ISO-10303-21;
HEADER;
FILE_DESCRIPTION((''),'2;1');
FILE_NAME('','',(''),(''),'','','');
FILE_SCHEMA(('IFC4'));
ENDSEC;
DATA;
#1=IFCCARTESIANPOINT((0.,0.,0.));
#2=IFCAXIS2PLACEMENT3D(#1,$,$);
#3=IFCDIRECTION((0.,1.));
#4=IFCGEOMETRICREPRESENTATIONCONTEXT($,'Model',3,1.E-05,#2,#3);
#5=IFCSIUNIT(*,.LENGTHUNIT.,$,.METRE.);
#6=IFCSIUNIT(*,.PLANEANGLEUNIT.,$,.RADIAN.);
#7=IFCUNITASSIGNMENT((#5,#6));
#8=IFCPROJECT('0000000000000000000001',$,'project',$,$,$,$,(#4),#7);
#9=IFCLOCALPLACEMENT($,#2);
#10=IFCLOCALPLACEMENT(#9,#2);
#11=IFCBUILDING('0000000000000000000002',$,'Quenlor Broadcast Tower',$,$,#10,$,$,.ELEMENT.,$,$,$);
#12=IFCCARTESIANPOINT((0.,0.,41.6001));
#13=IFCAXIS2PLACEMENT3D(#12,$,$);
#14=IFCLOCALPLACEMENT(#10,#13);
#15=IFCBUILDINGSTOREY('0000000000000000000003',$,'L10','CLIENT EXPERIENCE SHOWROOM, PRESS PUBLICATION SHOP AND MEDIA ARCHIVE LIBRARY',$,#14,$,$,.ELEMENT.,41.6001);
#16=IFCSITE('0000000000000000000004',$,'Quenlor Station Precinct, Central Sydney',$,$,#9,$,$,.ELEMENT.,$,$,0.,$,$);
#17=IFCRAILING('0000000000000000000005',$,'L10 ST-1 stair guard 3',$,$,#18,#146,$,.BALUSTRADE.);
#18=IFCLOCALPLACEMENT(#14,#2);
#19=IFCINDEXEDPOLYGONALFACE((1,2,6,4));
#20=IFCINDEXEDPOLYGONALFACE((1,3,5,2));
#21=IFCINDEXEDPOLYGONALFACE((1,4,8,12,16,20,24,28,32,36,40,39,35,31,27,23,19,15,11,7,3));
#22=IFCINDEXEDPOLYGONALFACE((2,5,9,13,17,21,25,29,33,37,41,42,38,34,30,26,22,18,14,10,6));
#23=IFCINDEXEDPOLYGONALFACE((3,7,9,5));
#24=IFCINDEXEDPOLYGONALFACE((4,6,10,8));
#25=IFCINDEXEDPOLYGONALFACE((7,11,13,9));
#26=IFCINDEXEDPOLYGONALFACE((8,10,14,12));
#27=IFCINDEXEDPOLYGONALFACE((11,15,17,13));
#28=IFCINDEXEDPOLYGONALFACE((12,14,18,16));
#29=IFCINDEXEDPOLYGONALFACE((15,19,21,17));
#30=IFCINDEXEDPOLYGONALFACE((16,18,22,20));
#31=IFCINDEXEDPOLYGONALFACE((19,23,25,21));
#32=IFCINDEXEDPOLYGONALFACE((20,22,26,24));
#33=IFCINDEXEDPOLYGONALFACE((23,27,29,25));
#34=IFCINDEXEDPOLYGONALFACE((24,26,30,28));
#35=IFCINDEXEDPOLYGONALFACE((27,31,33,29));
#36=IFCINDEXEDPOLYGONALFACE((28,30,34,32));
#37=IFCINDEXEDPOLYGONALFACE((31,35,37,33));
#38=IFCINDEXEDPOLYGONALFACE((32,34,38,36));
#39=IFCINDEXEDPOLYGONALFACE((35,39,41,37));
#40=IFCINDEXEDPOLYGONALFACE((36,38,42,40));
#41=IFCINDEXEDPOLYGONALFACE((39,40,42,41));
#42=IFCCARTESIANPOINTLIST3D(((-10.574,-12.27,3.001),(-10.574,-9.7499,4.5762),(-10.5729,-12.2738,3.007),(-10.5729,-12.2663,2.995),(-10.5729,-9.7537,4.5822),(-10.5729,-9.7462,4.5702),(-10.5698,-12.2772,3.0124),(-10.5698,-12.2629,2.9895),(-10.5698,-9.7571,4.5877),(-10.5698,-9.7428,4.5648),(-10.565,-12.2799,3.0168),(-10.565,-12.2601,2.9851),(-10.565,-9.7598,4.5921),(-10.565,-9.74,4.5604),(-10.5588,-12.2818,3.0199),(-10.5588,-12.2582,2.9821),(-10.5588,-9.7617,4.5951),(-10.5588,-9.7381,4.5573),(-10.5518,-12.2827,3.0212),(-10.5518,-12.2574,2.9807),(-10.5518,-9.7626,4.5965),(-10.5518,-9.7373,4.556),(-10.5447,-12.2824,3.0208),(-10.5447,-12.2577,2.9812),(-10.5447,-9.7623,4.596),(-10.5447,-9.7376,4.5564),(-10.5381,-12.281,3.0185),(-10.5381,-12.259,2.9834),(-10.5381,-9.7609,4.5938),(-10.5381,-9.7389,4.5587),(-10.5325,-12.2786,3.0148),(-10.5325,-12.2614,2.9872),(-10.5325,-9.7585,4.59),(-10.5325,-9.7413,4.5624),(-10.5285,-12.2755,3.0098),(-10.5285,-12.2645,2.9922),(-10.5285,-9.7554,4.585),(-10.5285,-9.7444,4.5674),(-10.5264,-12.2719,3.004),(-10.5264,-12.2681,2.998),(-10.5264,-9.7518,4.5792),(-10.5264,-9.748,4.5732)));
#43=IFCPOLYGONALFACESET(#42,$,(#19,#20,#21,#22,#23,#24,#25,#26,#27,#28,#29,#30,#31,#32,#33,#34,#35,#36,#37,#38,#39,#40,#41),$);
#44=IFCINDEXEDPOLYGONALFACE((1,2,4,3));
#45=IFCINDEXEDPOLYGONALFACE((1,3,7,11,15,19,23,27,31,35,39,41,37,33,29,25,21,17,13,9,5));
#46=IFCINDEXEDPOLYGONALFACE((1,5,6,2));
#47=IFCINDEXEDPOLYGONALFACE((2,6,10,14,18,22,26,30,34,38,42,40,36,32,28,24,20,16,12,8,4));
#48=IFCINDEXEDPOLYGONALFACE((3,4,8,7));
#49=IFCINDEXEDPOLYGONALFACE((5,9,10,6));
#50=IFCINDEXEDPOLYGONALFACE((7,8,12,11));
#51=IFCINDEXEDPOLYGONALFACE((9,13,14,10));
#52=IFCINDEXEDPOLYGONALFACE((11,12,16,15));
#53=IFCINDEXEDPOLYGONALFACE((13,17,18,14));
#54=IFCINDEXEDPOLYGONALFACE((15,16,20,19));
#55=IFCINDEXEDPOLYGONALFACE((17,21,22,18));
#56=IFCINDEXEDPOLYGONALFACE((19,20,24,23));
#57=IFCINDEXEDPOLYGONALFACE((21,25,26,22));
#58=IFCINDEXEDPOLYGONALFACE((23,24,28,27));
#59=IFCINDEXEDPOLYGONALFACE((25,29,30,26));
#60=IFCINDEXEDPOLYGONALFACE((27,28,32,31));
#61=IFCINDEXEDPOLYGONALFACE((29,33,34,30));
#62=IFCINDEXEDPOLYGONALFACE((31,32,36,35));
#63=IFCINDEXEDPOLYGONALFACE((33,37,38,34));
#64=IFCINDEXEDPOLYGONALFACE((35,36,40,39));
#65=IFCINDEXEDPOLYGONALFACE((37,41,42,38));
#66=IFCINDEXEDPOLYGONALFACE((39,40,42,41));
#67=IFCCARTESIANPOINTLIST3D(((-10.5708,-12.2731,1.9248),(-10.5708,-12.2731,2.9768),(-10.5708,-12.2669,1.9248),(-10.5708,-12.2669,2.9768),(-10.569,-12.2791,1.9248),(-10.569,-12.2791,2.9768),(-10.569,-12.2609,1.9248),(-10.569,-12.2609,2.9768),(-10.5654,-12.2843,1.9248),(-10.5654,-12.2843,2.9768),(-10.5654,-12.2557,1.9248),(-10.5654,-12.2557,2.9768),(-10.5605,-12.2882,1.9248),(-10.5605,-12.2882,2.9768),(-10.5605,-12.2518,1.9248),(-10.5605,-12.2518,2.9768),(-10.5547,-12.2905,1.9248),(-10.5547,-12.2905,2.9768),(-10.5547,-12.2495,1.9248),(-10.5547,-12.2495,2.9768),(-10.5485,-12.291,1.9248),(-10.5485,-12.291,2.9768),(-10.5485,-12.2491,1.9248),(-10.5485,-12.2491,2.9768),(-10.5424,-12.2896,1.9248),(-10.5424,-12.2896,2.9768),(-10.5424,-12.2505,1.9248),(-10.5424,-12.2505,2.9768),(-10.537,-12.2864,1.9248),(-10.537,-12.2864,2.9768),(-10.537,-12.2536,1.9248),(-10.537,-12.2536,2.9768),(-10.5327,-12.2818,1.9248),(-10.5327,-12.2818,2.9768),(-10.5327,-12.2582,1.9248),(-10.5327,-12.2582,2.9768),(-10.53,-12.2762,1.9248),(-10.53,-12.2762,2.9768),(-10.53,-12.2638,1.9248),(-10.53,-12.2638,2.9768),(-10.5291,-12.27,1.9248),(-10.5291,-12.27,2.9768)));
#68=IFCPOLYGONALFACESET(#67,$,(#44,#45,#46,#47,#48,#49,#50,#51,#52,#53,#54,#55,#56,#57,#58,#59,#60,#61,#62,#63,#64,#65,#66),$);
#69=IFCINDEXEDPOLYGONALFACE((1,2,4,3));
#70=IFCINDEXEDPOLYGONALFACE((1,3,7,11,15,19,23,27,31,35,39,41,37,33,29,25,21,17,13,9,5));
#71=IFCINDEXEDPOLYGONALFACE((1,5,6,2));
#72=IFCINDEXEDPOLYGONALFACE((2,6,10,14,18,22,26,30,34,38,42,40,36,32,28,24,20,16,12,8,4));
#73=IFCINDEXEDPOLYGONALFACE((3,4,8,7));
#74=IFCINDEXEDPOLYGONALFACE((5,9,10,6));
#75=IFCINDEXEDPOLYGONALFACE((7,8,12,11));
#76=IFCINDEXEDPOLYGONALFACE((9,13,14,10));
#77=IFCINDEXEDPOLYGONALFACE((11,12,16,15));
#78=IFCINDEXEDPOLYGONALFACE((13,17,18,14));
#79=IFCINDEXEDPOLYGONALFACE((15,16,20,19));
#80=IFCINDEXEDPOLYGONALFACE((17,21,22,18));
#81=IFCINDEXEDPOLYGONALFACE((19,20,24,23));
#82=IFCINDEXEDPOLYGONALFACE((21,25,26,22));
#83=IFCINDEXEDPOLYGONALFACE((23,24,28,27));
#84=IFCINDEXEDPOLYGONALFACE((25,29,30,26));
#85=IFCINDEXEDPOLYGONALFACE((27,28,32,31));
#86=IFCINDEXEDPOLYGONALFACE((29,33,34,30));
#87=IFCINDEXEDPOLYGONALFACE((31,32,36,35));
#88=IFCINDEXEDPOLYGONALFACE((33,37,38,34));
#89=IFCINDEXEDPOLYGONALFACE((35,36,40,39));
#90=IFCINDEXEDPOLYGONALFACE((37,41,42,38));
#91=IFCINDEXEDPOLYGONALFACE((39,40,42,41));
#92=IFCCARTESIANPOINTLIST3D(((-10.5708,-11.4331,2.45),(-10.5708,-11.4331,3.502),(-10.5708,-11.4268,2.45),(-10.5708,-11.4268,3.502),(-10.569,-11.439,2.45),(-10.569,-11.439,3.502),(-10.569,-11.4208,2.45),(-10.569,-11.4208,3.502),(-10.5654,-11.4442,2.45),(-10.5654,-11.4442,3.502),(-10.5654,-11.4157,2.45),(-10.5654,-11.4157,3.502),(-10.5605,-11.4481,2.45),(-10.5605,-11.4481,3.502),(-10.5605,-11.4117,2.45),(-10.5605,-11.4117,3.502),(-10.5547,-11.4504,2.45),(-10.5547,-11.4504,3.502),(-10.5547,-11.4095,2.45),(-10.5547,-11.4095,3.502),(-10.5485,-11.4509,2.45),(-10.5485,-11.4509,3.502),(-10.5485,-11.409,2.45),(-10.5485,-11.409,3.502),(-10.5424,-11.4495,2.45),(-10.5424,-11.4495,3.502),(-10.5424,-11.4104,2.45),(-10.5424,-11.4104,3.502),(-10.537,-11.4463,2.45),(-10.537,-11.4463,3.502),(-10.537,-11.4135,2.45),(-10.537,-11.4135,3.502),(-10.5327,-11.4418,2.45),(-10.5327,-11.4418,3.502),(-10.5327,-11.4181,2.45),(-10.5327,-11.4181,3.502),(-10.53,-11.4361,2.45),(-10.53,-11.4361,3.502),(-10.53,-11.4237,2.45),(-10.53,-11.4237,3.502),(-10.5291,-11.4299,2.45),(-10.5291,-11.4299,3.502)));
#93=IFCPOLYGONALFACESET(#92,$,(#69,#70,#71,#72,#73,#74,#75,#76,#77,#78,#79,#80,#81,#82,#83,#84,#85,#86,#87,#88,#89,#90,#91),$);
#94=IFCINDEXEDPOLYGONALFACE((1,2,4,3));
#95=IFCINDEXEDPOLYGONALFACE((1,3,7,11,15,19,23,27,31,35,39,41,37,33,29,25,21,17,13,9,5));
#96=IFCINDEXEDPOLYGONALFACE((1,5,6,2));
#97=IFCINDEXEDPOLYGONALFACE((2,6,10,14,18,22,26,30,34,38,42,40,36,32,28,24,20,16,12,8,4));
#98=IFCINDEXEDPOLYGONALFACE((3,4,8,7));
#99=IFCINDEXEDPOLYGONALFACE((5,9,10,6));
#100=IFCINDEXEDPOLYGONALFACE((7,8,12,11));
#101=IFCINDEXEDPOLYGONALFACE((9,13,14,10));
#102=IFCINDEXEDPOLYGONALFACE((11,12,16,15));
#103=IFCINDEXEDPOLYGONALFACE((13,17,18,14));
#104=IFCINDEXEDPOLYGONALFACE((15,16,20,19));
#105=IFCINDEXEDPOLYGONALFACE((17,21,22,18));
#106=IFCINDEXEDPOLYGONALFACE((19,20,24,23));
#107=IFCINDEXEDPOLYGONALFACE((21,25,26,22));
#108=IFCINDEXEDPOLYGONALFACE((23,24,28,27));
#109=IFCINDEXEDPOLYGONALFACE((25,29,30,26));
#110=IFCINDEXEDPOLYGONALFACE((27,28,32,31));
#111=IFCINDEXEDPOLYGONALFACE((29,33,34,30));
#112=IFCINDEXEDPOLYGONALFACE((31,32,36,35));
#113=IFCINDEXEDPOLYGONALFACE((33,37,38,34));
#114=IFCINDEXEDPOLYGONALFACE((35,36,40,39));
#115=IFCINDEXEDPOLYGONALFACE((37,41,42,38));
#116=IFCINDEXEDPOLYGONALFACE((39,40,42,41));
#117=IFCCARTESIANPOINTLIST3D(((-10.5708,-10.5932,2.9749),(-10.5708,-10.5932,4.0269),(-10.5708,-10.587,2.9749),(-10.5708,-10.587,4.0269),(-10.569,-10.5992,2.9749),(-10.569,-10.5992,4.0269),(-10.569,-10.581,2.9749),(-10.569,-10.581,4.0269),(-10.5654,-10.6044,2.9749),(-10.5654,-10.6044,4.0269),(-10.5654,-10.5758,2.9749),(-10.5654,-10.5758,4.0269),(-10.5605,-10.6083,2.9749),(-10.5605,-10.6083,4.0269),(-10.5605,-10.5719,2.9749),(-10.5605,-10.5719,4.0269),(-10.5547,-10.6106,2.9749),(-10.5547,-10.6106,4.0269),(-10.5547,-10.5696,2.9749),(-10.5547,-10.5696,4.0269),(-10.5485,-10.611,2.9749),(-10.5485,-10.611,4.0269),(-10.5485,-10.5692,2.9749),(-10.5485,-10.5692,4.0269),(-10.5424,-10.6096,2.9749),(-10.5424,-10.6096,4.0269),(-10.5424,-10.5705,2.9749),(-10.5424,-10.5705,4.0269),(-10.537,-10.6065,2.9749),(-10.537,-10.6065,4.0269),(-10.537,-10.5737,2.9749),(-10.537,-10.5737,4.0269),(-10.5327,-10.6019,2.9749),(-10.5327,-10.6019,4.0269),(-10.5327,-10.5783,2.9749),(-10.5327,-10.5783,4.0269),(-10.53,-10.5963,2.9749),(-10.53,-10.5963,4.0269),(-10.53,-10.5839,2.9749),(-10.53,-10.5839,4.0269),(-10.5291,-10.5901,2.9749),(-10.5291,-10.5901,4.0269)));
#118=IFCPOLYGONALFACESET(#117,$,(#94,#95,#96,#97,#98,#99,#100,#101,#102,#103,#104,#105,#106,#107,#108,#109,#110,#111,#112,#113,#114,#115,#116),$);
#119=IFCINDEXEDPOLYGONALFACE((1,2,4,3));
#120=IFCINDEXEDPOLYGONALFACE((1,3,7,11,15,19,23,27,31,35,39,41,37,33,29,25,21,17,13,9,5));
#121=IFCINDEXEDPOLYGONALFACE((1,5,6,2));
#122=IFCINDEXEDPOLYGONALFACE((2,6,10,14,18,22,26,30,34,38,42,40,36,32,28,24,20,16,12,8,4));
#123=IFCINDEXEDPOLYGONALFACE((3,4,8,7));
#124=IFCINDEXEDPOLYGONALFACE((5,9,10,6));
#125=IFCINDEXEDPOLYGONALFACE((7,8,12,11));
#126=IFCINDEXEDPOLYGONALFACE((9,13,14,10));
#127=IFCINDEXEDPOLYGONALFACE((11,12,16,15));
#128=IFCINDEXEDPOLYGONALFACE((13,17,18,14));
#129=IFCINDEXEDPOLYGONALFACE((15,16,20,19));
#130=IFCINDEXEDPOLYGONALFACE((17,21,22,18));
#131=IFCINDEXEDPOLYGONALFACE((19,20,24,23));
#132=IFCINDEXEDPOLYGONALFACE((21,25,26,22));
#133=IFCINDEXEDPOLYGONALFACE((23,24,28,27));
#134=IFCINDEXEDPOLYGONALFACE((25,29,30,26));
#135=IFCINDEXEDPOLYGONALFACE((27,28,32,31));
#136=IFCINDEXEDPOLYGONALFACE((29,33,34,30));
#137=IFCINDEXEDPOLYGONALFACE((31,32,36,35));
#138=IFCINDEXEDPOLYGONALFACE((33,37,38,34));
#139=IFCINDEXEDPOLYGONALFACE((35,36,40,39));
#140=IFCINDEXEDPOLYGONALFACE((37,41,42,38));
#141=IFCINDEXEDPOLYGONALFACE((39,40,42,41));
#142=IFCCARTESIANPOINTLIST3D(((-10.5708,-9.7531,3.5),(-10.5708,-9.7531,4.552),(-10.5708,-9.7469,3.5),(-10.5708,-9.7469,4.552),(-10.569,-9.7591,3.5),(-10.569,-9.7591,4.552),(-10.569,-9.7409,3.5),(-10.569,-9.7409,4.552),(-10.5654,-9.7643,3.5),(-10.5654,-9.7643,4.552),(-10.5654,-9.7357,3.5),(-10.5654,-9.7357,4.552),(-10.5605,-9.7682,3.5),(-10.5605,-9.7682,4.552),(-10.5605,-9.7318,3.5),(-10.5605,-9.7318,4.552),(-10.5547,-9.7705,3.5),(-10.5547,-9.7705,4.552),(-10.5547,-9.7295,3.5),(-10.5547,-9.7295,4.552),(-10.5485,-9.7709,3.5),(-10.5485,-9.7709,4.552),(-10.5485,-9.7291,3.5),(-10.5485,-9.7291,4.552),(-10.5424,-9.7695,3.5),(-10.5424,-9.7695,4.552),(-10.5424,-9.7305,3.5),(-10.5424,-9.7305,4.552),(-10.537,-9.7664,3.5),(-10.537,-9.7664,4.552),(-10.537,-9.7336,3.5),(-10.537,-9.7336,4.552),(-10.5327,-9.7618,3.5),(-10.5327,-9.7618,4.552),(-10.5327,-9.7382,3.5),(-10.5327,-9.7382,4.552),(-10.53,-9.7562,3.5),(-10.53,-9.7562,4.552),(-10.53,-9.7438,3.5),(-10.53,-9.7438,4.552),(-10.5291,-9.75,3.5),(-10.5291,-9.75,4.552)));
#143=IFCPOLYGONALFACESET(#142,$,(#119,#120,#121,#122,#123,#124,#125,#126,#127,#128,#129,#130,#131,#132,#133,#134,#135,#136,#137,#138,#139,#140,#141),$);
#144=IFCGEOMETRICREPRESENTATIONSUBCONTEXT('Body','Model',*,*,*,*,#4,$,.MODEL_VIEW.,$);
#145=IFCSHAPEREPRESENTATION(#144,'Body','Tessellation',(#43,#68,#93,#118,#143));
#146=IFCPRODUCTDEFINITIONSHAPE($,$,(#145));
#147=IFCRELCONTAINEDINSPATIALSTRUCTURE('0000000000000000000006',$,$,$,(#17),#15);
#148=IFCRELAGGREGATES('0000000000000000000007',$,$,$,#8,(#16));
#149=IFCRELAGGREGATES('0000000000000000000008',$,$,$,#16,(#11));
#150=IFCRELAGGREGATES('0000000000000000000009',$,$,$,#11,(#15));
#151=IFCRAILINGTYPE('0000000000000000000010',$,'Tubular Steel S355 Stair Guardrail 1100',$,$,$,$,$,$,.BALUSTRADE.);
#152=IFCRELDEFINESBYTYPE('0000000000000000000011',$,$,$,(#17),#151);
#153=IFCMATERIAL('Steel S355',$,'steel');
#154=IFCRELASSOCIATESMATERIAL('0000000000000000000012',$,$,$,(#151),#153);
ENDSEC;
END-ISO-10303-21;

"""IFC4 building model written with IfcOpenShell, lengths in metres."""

from ifc_helpers import new_model, si_unit, direction, frame, origin, origin_2d, place, context, subcontext, project, spatial, circle, extrude, material, type_object, element, save


model = new_model("IFC4")

# Units and contexts
model_context = context("Model", 3, precision=1e-05, world=origin(), true_north=direction((0.0, 1.0)))
body_context = subcontext(model_context, "Body", "Model", "MODEL_VIEW")
ifc_project = project(units=[si_unit("LENGTHUNIT", "METRE"), si_unit("PLANEANGLEUNIT", "RADIAN")], contexts=[model_context])

# Site, building, storey
site_placement = place(None, origin())
site = spatial("IfcSite", under=ifc_project, at=site_placement, Name="Quenlor Station Precinct, Central Sydney", CompositionType="ELEMENT", RefElevation=0.0)
building_placement = place(site_placement, origin())
building = spatial("IfcBuilding", under=site, at=building_placement, Name="Quenlor Broadcast Tower", CompositionType="ELEMENT")
storey_placement = place(building_placement, frame((0.0, 0.0, 41.6001)))
storey = spatial("IfcBuildingStorey", under=building, at=storey_placement, Name="L10", Description="CLIENT EXPERIENCE SHOWROOM, PRESS PUBLICATION SHOP AND MEDIA ARCHIVE LIBRARY", CompositionType="ELEMENT", Elevation=41.6001)

# Railing
ifc_material_1 = material(Name="Steel S355", Category="steel")
railing_type = type_object("IfcRailingType", Name="Tubular Steel S355 Stair Guardrail 1100", PredefinedType="BALUSTRADE", material=ifc_material_1)
railing_1_placement = place(storey_placement, frame((-10.55, -12.27, 1.9248)))
element("IfcRailing", 1, at=railing_1_placement, inside=storey, type_object=railing_type, Name="L10 ST-1 stair guard 3", PredefinedType="BALUSTRADE", context=body_context, shape_type="SweptSolid", body=[
    extrude(circle(Radius=0.0239, at=origin_2d()), frame((0.0, 0.0, 1.0762), z_axis=(0.0, 0.847971, 0.530043), x_axis=(-1.0, 0.0, 0.0)), (0.0, 0.0, 1.0), 2.9719),
    extrude(circle(Radius=0.021, at=origin_2d()), origin(), (0.0, 0.0, 1.0), 1.052),
    extrude(circle(Radius=0.021, at=origin_2d()), frame((0.0, 0.8401, 0.5251)), (0.0, 0.0, 1.0), 1.052),
    extrude(circle(Radius=0.021, at=origin_2d()), frame((0.0, 1.6799, 1.05)), (0.0, 0.0, 1.0), 1.052),
    extrude(circle(Radius=0.021, at=origin_2d()), frame((0.0, 2.52, 1.5752)), (0.0, 0.0, 1.0), 1.052),
])

save(model, "model.ifc")
